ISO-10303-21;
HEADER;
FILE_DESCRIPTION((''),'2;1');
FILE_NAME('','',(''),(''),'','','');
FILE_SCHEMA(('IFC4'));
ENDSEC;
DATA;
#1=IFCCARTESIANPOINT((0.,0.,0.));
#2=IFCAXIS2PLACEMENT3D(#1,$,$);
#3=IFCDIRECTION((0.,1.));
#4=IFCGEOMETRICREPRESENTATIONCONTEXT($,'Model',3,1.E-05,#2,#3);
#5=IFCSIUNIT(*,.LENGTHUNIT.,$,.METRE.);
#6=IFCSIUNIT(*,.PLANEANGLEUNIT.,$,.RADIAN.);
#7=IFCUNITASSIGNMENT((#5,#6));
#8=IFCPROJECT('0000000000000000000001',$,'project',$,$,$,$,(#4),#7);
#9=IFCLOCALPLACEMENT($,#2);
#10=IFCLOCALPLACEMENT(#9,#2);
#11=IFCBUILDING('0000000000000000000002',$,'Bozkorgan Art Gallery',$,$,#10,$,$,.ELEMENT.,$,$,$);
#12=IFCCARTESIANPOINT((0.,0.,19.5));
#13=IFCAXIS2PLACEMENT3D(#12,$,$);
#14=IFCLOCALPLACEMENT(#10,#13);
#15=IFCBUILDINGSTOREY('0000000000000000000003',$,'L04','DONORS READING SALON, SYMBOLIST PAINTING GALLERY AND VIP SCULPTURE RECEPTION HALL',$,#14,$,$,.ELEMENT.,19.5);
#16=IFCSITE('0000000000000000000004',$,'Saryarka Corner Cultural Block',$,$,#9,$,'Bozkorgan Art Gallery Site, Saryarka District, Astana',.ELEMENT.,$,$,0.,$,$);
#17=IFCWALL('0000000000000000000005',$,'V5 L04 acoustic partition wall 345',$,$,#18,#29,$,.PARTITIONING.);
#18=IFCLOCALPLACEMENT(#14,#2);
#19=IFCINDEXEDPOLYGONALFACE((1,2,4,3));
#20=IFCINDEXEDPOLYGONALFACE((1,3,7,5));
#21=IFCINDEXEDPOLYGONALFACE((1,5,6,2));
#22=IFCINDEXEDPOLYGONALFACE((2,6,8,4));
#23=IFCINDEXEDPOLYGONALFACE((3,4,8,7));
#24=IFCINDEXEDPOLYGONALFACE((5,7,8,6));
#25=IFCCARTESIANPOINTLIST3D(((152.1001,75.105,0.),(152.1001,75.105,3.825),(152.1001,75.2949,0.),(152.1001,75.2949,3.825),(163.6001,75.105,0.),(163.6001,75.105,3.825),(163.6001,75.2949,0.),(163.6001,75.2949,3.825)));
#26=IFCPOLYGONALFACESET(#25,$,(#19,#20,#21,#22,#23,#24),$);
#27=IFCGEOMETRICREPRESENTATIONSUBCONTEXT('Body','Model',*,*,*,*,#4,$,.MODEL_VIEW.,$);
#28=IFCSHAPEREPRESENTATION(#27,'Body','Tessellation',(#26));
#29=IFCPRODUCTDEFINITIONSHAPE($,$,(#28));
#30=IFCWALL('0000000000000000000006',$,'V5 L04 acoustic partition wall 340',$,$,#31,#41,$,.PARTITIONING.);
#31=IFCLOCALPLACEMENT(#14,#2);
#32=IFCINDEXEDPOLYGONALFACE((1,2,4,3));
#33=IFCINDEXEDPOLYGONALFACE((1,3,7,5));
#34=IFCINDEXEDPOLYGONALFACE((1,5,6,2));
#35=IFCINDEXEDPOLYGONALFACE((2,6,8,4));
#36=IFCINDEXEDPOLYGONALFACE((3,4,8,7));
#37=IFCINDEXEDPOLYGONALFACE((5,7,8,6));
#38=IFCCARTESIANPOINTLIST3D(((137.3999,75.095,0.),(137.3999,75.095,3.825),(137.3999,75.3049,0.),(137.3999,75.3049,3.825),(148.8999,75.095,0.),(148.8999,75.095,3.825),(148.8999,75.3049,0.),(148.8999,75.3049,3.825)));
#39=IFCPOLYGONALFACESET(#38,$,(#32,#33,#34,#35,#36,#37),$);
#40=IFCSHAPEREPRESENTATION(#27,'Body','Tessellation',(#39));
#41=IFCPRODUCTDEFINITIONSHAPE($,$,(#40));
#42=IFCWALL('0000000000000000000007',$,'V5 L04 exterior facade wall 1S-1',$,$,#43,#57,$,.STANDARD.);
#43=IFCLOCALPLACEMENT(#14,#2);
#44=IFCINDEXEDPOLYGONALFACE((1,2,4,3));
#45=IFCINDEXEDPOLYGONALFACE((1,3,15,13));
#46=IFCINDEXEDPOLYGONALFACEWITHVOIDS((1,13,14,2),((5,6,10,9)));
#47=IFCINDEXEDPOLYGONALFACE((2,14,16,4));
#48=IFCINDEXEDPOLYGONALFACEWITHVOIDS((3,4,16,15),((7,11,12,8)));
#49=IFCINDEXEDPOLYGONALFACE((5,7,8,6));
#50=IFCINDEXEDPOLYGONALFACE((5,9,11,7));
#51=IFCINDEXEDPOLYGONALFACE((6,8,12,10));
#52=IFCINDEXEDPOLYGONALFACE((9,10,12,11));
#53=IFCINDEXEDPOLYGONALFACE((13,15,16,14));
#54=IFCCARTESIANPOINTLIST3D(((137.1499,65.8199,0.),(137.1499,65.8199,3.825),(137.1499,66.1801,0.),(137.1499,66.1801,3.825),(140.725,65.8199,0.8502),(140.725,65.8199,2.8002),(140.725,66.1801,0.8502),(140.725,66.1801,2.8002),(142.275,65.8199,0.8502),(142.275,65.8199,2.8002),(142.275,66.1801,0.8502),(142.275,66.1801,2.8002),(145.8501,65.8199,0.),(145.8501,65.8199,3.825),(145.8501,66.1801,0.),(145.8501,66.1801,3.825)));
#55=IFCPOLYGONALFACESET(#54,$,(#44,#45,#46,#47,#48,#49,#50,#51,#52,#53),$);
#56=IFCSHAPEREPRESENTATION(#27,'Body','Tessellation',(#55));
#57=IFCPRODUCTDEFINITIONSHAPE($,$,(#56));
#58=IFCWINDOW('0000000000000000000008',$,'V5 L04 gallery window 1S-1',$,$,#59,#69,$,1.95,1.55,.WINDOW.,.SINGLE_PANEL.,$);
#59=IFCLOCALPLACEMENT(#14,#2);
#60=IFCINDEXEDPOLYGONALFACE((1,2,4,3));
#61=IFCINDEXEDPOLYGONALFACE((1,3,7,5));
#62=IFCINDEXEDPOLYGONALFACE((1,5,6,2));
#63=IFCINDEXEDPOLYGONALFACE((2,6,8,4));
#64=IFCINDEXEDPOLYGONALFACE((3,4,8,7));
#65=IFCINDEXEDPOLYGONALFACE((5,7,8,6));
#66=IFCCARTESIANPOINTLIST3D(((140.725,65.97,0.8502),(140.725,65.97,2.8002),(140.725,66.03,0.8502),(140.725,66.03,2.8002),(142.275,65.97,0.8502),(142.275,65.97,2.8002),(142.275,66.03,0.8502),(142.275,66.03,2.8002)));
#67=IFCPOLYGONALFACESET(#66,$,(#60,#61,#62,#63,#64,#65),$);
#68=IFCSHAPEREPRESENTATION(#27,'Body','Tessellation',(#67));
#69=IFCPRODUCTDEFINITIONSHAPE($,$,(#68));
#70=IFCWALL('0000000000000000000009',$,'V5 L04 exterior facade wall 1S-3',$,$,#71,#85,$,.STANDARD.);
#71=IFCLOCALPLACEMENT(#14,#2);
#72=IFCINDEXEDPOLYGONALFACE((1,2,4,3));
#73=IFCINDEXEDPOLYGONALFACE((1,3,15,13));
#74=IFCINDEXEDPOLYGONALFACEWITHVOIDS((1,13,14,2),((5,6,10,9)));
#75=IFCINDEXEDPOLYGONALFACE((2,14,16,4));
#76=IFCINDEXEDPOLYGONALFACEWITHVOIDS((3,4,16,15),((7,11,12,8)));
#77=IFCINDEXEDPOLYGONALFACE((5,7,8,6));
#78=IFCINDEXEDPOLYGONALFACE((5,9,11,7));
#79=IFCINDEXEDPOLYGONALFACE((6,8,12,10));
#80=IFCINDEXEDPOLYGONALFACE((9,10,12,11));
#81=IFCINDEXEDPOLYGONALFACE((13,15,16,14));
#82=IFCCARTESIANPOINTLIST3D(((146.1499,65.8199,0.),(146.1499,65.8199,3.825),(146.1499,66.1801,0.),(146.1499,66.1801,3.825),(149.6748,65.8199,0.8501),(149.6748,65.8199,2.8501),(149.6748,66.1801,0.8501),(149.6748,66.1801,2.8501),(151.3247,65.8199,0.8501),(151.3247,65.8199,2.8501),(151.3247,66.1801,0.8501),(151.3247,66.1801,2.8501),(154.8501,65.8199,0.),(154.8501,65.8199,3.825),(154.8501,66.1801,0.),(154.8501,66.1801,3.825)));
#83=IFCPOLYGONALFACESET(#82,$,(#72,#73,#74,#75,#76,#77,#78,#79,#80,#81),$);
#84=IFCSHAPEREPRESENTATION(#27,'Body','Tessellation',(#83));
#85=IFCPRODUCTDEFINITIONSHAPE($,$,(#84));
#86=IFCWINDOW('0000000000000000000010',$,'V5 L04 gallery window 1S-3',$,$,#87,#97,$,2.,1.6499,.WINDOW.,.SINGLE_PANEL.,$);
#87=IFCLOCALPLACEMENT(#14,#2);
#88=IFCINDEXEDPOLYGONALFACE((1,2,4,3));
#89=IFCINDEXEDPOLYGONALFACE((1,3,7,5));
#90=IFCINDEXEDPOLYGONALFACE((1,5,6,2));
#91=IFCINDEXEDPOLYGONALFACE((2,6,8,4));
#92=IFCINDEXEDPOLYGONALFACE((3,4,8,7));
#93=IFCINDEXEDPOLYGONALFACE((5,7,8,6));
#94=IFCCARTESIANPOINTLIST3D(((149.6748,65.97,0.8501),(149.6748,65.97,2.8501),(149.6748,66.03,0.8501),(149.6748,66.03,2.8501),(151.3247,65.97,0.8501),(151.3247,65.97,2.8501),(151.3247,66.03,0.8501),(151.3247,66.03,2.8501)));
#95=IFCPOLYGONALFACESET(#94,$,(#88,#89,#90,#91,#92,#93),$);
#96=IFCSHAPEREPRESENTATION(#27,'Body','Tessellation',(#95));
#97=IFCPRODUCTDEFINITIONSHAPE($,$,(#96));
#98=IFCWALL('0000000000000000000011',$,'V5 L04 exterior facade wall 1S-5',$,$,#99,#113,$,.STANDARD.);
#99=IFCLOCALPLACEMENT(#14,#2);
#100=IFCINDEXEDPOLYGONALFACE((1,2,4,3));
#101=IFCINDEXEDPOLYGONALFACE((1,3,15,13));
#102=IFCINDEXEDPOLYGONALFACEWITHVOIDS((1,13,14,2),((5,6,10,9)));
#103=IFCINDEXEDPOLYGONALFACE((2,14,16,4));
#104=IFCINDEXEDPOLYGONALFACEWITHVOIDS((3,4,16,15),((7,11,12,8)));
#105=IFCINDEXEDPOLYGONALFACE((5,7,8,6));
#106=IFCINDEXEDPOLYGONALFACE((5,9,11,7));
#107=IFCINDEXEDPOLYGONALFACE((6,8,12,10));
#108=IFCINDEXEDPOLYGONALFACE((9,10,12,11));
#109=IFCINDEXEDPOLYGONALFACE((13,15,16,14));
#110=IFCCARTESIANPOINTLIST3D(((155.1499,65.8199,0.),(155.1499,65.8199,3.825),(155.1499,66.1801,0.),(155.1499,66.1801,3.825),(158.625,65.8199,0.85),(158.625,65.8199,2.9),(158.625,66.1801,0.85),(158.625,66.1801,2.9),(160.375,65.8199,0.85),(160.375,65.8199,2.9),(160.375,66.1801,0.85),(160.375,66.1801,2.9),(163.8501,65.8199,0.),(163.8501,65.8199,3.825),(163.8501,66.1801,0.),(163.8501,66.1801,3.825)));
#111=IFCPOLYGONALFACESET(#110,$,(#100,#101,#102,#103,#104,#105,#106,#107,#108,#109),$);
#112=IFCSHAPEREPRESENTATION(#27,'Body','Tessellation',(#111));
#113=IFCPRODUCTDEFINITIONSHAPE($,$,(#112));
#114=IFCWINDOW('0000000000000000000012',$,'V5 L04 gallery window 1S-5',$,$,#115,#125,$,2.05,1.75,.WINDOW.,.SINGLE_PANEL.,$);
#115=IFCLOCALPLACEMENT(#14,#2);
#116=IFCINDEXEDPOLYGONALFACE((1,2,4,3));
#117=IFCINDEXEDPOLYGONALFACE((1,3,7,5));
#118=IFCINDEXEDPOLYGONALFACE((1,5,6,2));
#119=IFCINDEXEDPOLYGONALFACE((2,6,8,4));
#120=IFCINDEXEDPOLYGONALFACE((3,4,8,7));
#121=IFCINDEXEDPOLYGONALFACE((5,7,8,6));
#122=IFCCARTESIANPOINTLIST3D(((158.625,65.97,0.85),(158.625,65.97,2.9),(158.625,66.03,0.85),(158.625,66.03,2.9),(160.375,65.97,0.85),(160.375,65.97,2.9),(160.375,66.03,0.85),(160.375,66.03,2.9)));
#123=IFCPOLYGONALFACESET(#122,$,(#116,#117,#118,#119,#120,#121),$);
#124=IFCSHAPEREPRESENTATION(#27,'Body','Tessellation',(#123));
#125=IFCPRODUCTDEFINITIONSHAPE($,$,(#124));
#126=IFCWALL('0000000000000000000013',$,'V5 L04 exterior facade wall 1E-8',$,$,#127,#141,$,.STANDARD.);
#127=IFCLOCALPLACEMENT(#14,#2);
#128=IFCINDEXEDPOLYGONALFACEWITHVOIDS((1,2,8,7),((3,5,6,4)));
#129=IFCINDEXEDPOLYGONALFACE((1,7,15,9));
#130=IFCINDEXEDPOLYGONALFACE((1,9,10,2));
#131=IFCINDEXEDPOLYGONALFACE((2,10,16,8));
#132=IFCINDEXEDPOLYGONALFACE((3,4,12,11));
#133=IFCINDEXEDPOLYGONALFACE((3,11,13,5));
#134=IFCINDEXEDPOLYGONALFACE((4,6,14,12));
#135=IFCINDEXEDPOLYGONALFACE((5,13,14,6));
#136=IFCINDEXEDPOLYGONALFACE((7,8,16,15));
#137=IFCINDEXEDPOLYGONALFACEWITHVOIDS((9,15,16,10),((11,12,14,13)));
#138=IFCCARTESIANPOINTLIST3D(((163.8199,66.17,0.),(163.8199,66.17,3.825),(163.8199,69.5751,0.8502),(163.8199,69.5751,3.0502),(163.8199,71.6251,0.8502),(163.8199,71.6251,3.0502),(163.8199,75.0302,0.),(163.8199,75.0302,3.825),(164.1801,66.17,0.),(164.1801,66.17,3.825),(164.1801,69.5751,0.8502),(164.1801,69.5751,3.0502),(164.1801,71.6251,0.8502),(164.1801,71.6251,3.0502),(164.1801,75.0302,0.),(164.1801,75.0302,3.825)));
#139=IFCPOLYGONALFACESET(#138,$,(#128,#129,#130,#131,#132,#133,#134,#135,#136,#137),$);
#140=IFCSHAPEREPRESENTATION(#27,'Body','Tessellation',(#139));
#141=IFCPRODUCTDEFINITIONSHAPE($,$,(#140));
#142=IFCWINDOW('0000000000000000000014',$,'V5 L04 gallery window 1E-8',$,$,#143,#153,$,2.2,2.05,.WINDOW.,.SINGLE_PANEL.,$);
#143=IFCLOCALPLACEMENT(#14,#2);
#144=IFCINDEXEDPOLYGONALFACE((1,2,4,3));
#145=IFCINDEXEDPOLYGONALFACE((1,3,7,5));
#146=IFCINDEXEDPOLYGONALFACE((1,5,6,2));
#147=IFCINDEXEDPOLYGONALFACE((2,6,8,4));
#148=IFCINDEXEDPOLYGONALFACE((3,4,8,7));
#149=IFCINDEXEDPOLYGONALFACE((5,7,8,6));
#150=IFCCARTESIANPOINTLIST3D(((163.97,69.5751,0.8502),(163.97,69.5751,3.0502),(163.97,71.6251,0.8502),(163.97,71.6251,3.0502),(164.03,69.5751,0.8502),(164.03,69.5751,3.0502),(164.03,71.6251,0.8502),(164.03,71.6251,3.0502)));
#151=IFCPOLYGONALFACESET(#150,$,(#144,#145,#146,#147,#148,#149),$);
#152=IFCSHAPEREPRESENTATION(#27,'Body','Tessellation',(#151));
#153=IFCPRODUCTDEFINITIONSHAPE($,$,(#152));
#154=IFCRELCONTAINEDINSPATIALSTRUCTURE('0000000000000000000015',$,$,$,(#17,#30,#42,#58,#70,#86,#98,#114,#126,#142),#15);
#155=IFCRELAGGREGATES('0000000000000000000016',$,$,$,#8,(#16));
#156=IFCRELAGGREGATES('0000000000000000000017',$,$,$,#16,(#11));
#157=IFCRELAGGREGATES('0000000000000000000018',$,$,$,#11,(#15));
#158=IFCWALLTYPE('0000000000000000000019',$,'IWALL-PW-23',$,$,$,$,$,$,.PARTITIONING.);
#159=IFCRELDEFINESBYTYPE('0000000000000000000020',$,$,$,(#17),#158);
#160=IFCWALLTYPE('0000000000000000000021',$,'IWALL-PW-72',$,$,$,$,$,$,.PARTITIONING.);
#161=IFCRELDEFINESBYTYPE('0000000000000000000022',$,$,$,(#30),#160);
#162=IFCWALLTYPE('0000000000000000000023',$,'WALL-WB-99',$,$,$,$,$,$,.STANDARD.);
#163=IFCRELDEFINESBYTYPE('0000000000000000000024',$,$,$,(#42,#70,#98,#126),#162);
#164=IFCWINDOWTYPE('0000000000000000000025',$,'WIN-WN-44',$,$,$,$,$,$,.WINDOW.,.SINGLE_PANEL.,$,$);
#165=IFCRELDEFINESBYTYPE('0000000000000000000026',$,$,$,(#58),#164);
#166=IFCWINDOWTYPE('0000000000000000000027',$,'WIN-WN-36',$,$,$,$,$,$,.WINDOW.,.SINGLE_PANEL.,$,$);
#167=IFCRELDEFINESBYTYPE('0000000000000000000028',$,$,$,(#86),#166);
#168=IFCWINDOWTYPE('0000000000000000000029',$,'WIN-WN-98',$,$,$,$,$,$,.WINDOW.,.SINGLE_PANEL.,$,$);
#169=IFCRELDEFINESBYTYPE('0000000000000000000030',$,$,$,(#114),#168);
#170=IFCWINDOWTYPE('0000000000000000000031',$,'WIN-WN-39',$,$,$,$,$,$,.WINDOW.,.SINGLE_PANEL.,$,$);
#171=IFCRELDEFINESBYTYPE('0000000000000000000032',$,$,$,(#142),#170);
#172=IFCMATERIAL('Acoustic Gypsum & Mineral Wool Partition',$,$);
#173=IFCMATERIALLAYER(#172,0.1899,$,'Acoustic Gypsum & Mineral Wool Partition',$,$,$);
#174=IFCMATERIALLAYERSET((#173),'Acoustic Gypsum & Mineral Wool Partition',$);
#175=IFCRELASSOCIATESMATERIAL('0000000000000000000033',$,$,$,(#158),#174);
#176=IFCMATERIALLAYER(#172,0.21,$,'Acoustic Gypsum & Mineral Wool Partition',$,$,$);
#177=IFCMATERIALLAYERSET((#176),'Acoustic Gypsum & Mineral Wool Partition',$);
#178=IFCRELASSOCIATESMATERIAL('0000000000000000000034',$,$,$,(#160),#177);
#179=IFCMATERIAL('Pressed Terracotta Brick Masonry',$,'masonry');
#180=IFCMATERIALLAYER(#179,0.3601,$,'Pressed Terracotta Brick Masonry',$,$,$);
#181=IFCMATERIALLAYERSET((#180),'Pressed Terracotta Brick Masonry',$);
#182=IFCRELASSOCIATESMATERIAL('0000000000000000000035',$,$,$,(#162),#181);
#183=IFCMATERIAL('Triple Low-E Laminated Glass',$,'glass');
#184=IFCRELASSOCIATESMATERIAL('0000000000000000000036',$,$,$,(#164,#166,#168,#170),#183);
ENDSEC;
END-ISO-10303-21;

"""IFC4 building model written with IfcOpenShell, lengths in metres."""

from ifc_helpers import new_model, si_unit, direction, frame, frame_2d, origin, place, context, subcontext, project, spatial, rectangle, extrude, material, layer, layer_set, type_object, element, fill, save


model = new_model("IFC4")

# Units and contexts
model_context = context("Model", 3, precision=1e-05, world=origin(), true_north=direction((0.0, 1.0)))
body_context = subcontext(model_context, "Body", "Model", "MODEL_VIEW")
ifc_project = project(units=[si_unit("LENGTHUNIT", "METRE"), si_unit("PLANEANGLEUNIT", "RADIAN")], contexts=[model_context])

# Site, building, storey
site_placement = place(None, origin())
site = spatial("IfcSite", under=ifc_project, at=site_placement, Name="Saryarka Corner Cultural Block", LongName="Bozkorgan Art Gallery Site, Saryarka District, Astana", CompositionType="ELEMENT", RefElevation=0.0)
building_placement = place(site_placement, origin())
building = spatial("IfcBuilding", under=site, at=building_placement, Name="Bozkorgan Art Gallery", CompositionType="ELEMENT")
storey_placement = place(building_placement, frame((0.0, 0.0, 19.5)))
storey = spatial("IfcBuildingStorey", under=building, at=storey_placement, Name="L04", Description="DONORS READING SALON, SYMBOLIST PAINTING GALLERY AND VIP SCULPTURE RECEPTION HALL", CompositionType="ELEMENT", Elevation=19.5)

# Shared definitions
ifc_material_1 = material(Name="Acoustic Gypsum & Mineral Wool Partition")

# Walls
ifc_layer_1 = layer(ifc_material_1, 0.1899, Name="Acoustic Gypsum & Mineral Wool Partition")
ifc_layer_set_1 = layer_set([ifc_layer_1], Name="Acoustic Gypsum & Mineral Wool Partition")
wall_type_1 = type_object("IfcWallType", Name="IWALL-PW-23", PredefinedType="PARTITIONING", material=ifc_layer_set_1)
wall_1_placement = place(storey_placement, frame((152.1001, 75.2, 0.0), z_axis=(0.0, 0.0, 1.0), x_axis=(1.0, 0.0, 0.0)))
element("IfcWall", 1, at=wall_1_placement, inside=storey, type_object=wall_type_1, Name="V5 L04 acoustic partition wall 345", PredefinedType="PARTITIONING", context=body_context, shape_type="SweptSolid", body=[
    extrude(rectangle(XDim=11.5, YDim=0.1899, at=frame_2d((5.75, 0.0))), origin(), (0.0, 0.0, 1.0), 3.825),
])
ifc_layer_2 = layer(ifc_material_1, 0.21, Name="Acoustic Gypsum & Mineral Wool Partition")
ifc_layer_set_2 = layer_set([ifc_layer_2], Name="Acoustic Gypsum & Mineral Wool Partition")
wall_type_2 = type_object("IfcWallType", Name="IWALL-PW-72", PredefinedType="PARTITIONING", material=ifc_layer_set_2)
wall_2_placement = place(storey_placement, frame((137.3999, 75.2, 0.0), z_axis=(0.0, 0.0, 1.0), x_axis=(1.0, 0.0, 0.0)))
element("IfcWall", 2, at=wall_2_placement, inside=storey, type_object=wall_type_2, Name="V5 L04 acoustic partition wall 340", PredefinedType="PARTITIONING", context=body_context, shape_type="SweptSolid", body=[
    extrude(rectangle(XDim=11.5, YDim=0.21, at=frame_2d((5.75, 0.0))), origin(), (0.0, 0.0, 1.0), 3.825),
])

# Walls, openings, windows
ifc_material_2 = material(Name="Pressed Terracotta Brick Masonry", Category="masonry")
ifc_layer_3 = layer(ifc_material_2, 0.3601, Name="Pressed Terracotta Brick Masonry")
ifc_layer_set_3 = layer_set([ifc_layer_3], Name="Pressed Terracotta Brick Masonry")
wall_type_3 = type_object("IfcWallType", Name="WALL-WB-99", PredefinedType="STANDARD", material=ifc_layer_set_3)
wall_3_placement = place(storey_placement, frame((137.1499, 66.0, 0.0), z_axis=(0.0, 0.0, 1.0), x_axis=(1.0, 0.0, 0.0)))
wall_3 = element("IfcWall", 3, at=wall_3_placement, inside=storey, type_object=wall_type_3, Name="V5 L04 exterior facade wall 1S-1", PredefinedType="STANDARD", context=body_context, shape_type="SweptSolid", body=[
    extrude(rectangle(XDim=8.7002, YDim=0.3601, at=frame_2d((4.3501, 0.0))), origin(), (0.0, 0.0, 1.0), 3.825),
])
opening_1_placement = place(wall_3_placement, frame((5.125, 0.0, 0.8501), z_axis=(0.0, 0.0, 1.0), x_axis=(-1.0, 0.0, 0.0)))
opening_1 = element("IfcOpeningElement", 4, at=opening_1_placement, cuts=wall_3, PredefinedType="OPENING", context=body_context, shape_type="SweptSolid", body=[
    extrude(rectangle(XDim=1.55, YDim=1.95, at=frame_2d((0.7749, 0.9751))), frame((0.0, 0.1899, 0.0), z_axis=(0.0, -1.0, 0.0), x_axis=(1.0, 0.0, 0.0)), (0.0, 0.0, 1.0), 0.3801),
])
ifc_material_3 = material(Name="Triple Low-E Laminated Glass", Category="glass")
window_type_1 = type_object("IfcWindowType", Name="WIN-WN-44", PartitioningType="SINGLE_PANEL", PredefinedType="WINDOW", material=ifc_material_3)
window_1_placement = place(opening_1_placement, origin())
window_1 = element("IfcWindow", 5, at=window_1_placement, inside=storey, type_object=window_type_1, Name="V5 L04 gallery window 1S-1", OverallHeight=1.95, OverallWidth=1.55, PartitioningType="SINGLE_PANEL", PredefinedType="WINDOW", context=body_context, shape_type="SweptSolid", body=[
    extrude(rectangle(XDim=1.55, YDim=1.95, at=frame_2d((0.7749, 0.9751))), frame((0.0, 0.03, 0.0), z_axis=(0.0, -1.0, 0.0), x_axis=(1.0, 0.0, 0.0)), (0.0, 0.0, 1.0), 0.0601),
])
fill(opening_1, window_1)
wall_4_placement = place(storey_placement, frame((146.1499, 66.0, 0.0), z_axis=(0.0, 0.0, 1.0), x_axis=(1.0, 0.0, 0.0)))
wall_4 = element("IfcWall", 6, at=wall_4_placement, inside=storey, type_object=wall_type_3, Name="V5 L04 exterior facade wall 1S-3", PredefinedType="STANDARD", context=body_context, shape_type="SweptSolid", body=[
    extrude(rectangle(XDim=8.7002, YDim=0.3601, at=frame_2d((4.3501, 0.0))), origin(), (0.0, 0.0, 1.0), 3.825),
])
opening_2_placement = place(wall_4_placement, frame((5.1748, 0.0, 0.8501), z_axis=(0.0, 0.0, 1.0), x_axis=(-1.0, 0.0, 0.0)))
opening_2 = element("IfcOpeningElement", 7, at=opening_2_placement, cuts=wall_4, PredefinedType="OPENING", context=body_context, shape_type="SweptSolid", body=[
    extrude(rectangle(XDim=1.6499, YDim=2.0, at=frame_2d((0.825, 1.0))), frame((0.0, 0.1899, 0.0), z_axis=(0.0, -1.0, 0.0), x_axis=(1.0, 0.0, 0.0)), (0.0, 0.0, 1.0), 0.3801),
])
window_type_2 = type_object("IfcWindowType", Name="WIN-WN-36", PartitioningType="SINGLE_PANEL", PredefinedType="WINDOW", material=ifc_material_3)
window_2_placement = place(opening_2_placement, origin())
window_2 = element("IfcWindow", 8, at=window_2_placement, inside=storey, type_object=window_type_2, Name="V5 L04 gallery window 1S-3", OverallHeight=2.0, OverallWidth=1.6499, PartitioningType="SINGLE_PANEL", PredefinedType="WINDOW", context=body_context, shape_type="SweptSolid", body=[
    extrude(rectangle(XDim=1.6499, YDim=2.0, at=frame_2d((0.825, 1.0))), frame((0.0, 0.03, 0.0), z_axis=(0.0, -1.0, 0.0), x_axis=(1.0, 0.0, 0.0)), (0.0, 0.0, 1.0), 0.0601),
])
fill(opening_2, window_2)
wall_5_placement = place(storey_placement, frame((155.1499, 66.0, 0.0), z_axis=(0.0, 0.0, 1.0), x_axis=(1.0, 0.0, 0.0)))
wall_5 = element("IfcWall", 9, at=wall_5_placement, inside=storey, type_object=wall_type_3, Name="V5 L04 exterior facade wall 1S-5", PredefinedType="STANDARD", context=body_context, shape_type="SweptSolid", body=[
    extrude(rectangle(XDim=8.7002, YDim=0.3601, at=frame_2d((4.3501, 0.0))), origin(), (0.0, 0.0, 1.0), 3.825),
])
opening_3_placement = place(wall_5_placement, frame((5.2251, 0.0, 0.8501), z_axis=(0.0, 0.0, 1.0), x_axis=(-1.0, 0.0, 0.0)))
opening_3 = element("IfcOpeningElement", 10, at=opening_3_placement, cuts=wall_5, PredefinedType="OPENING", context=body_context, shape_type="SweptSolid", body=[
    extrude(rectangle(XDim=1.75, YDim=2.05, at=frame_2d((0.875, 1.0249))), frame((0.0, 0.1899, 0.0), z_axis=(0.0, -1.0, 0.0), x_axis=(1.0, 0.0, 0.0)), (0.0, 0.0, 1.0), 0.3801),
])
window_type_3 = type_object("IfcWindowType", Name="WIN-WN-98", PartitioningType="SINGLE_PANEL", PredefinedType="WINDOW", material=ifc_material_3)
window_3_placement = place(opening_3_placement, origin())
window_3 = element("IfcWindow", 11, at=window_3_placement, inside=storey, type_object=window_type_3, Name="V5 L04 gallery window 1S-5", OverallHeight=2.05, OverallWidth=1.75, PartitioningType="SINGLE_PANEL", PredefinedType="WINDOW", context=body_context, shape_type="SweptSolid", body=[
    extrude(rectangle(XDim=1.75, YDim=2.05, at=frame_2d((0.875, 1.0249))), frame((0.0, 0.03, 0.0), z_axis=(0.0, -1.0, 0.0), x_axis=(1.0, 0.0, 0.0)), (0.0, 0.0, 1.0), 0.0601),
])
fill(opening_3, window_3)
wall_6_placement = place(storey_placement, frame((164.0, 66.1699, 0.0), z_axis=(0.0, 0.0, 1.0), x_axis=(0.0, 1.0, 0.0)))
wall_6 = element("IfcWall", 12, at=wall_6_placement, inside=storey, type_object=wall_type_3, Name="V5 L04 exterior facade wall 1E-8", PredefinedType="STANDARD", context=body_context, shape_type="SweptSolid", body=[
    extrude(rectangle(XDim=8.8601, YDim=0.3601, at=frame_2d((4.4302, 0.0))), origin(), (0.0, 0.0, 1.0), 3.825),
])
opening_4_placement = place(wall_6_placement, frame((5.4551, 0.0, 0.8501), z_axis=(0.0, 0.0, 1.0), x_axis=(-1.0, 0.0, 0.0)))
opening_4 = element("IfcOpeningElement", 13, at=opening_4_placement, cuts=wall_6, PredefinedType="OPENING", context=body_context, shape_type="SweptSolid", body=[
    extrude(rectangle(XDim=2.05, YDim=2.2, at=frame_2d((1.0249, 1.1001))), frame((0.0, 0.1899, 0.0), z_axis=(0.0, -1.0, 0.0), x_axis=(1.0, 0.0, 0.0)), (0.0, 0.0, 1.0), 0.3801),
])
window_type_4 = type_object("IfcWindowType", Name="WIN-WN-39", PartitioningType="SINGLE_PANEL", PredefinedType="WINDOW", material=ifc_material_3)
window_4_placement = place(opening_4_placement, origin())
window_4 = element("IfcWindow", 14, at=window_4_placement, inside=storey, type_object=window_type_4, Name="V5 L04 gallery window 1E-8", OverallHeight=2.2, OverallWidth=2.05, PartitioningType="SINGLE_PANEL", PredefinedType="WINDOW", context=body_context, shape_type="SweptSolid", body=[
    extrude(rectangle(XDim=2.05, YDim=2.2, at=frame_2d((1.0249, 1.1001))), frame((0.0, 0.03, 0.0), z_axis=(0.0, -1.0, 0.0), x_axis=(1.0, 0.0, 0.0)), (0.0, 0.0, 1.0), 0.0601),
])
fill(opening_4, window_4)

save(model, "model.ifc")
